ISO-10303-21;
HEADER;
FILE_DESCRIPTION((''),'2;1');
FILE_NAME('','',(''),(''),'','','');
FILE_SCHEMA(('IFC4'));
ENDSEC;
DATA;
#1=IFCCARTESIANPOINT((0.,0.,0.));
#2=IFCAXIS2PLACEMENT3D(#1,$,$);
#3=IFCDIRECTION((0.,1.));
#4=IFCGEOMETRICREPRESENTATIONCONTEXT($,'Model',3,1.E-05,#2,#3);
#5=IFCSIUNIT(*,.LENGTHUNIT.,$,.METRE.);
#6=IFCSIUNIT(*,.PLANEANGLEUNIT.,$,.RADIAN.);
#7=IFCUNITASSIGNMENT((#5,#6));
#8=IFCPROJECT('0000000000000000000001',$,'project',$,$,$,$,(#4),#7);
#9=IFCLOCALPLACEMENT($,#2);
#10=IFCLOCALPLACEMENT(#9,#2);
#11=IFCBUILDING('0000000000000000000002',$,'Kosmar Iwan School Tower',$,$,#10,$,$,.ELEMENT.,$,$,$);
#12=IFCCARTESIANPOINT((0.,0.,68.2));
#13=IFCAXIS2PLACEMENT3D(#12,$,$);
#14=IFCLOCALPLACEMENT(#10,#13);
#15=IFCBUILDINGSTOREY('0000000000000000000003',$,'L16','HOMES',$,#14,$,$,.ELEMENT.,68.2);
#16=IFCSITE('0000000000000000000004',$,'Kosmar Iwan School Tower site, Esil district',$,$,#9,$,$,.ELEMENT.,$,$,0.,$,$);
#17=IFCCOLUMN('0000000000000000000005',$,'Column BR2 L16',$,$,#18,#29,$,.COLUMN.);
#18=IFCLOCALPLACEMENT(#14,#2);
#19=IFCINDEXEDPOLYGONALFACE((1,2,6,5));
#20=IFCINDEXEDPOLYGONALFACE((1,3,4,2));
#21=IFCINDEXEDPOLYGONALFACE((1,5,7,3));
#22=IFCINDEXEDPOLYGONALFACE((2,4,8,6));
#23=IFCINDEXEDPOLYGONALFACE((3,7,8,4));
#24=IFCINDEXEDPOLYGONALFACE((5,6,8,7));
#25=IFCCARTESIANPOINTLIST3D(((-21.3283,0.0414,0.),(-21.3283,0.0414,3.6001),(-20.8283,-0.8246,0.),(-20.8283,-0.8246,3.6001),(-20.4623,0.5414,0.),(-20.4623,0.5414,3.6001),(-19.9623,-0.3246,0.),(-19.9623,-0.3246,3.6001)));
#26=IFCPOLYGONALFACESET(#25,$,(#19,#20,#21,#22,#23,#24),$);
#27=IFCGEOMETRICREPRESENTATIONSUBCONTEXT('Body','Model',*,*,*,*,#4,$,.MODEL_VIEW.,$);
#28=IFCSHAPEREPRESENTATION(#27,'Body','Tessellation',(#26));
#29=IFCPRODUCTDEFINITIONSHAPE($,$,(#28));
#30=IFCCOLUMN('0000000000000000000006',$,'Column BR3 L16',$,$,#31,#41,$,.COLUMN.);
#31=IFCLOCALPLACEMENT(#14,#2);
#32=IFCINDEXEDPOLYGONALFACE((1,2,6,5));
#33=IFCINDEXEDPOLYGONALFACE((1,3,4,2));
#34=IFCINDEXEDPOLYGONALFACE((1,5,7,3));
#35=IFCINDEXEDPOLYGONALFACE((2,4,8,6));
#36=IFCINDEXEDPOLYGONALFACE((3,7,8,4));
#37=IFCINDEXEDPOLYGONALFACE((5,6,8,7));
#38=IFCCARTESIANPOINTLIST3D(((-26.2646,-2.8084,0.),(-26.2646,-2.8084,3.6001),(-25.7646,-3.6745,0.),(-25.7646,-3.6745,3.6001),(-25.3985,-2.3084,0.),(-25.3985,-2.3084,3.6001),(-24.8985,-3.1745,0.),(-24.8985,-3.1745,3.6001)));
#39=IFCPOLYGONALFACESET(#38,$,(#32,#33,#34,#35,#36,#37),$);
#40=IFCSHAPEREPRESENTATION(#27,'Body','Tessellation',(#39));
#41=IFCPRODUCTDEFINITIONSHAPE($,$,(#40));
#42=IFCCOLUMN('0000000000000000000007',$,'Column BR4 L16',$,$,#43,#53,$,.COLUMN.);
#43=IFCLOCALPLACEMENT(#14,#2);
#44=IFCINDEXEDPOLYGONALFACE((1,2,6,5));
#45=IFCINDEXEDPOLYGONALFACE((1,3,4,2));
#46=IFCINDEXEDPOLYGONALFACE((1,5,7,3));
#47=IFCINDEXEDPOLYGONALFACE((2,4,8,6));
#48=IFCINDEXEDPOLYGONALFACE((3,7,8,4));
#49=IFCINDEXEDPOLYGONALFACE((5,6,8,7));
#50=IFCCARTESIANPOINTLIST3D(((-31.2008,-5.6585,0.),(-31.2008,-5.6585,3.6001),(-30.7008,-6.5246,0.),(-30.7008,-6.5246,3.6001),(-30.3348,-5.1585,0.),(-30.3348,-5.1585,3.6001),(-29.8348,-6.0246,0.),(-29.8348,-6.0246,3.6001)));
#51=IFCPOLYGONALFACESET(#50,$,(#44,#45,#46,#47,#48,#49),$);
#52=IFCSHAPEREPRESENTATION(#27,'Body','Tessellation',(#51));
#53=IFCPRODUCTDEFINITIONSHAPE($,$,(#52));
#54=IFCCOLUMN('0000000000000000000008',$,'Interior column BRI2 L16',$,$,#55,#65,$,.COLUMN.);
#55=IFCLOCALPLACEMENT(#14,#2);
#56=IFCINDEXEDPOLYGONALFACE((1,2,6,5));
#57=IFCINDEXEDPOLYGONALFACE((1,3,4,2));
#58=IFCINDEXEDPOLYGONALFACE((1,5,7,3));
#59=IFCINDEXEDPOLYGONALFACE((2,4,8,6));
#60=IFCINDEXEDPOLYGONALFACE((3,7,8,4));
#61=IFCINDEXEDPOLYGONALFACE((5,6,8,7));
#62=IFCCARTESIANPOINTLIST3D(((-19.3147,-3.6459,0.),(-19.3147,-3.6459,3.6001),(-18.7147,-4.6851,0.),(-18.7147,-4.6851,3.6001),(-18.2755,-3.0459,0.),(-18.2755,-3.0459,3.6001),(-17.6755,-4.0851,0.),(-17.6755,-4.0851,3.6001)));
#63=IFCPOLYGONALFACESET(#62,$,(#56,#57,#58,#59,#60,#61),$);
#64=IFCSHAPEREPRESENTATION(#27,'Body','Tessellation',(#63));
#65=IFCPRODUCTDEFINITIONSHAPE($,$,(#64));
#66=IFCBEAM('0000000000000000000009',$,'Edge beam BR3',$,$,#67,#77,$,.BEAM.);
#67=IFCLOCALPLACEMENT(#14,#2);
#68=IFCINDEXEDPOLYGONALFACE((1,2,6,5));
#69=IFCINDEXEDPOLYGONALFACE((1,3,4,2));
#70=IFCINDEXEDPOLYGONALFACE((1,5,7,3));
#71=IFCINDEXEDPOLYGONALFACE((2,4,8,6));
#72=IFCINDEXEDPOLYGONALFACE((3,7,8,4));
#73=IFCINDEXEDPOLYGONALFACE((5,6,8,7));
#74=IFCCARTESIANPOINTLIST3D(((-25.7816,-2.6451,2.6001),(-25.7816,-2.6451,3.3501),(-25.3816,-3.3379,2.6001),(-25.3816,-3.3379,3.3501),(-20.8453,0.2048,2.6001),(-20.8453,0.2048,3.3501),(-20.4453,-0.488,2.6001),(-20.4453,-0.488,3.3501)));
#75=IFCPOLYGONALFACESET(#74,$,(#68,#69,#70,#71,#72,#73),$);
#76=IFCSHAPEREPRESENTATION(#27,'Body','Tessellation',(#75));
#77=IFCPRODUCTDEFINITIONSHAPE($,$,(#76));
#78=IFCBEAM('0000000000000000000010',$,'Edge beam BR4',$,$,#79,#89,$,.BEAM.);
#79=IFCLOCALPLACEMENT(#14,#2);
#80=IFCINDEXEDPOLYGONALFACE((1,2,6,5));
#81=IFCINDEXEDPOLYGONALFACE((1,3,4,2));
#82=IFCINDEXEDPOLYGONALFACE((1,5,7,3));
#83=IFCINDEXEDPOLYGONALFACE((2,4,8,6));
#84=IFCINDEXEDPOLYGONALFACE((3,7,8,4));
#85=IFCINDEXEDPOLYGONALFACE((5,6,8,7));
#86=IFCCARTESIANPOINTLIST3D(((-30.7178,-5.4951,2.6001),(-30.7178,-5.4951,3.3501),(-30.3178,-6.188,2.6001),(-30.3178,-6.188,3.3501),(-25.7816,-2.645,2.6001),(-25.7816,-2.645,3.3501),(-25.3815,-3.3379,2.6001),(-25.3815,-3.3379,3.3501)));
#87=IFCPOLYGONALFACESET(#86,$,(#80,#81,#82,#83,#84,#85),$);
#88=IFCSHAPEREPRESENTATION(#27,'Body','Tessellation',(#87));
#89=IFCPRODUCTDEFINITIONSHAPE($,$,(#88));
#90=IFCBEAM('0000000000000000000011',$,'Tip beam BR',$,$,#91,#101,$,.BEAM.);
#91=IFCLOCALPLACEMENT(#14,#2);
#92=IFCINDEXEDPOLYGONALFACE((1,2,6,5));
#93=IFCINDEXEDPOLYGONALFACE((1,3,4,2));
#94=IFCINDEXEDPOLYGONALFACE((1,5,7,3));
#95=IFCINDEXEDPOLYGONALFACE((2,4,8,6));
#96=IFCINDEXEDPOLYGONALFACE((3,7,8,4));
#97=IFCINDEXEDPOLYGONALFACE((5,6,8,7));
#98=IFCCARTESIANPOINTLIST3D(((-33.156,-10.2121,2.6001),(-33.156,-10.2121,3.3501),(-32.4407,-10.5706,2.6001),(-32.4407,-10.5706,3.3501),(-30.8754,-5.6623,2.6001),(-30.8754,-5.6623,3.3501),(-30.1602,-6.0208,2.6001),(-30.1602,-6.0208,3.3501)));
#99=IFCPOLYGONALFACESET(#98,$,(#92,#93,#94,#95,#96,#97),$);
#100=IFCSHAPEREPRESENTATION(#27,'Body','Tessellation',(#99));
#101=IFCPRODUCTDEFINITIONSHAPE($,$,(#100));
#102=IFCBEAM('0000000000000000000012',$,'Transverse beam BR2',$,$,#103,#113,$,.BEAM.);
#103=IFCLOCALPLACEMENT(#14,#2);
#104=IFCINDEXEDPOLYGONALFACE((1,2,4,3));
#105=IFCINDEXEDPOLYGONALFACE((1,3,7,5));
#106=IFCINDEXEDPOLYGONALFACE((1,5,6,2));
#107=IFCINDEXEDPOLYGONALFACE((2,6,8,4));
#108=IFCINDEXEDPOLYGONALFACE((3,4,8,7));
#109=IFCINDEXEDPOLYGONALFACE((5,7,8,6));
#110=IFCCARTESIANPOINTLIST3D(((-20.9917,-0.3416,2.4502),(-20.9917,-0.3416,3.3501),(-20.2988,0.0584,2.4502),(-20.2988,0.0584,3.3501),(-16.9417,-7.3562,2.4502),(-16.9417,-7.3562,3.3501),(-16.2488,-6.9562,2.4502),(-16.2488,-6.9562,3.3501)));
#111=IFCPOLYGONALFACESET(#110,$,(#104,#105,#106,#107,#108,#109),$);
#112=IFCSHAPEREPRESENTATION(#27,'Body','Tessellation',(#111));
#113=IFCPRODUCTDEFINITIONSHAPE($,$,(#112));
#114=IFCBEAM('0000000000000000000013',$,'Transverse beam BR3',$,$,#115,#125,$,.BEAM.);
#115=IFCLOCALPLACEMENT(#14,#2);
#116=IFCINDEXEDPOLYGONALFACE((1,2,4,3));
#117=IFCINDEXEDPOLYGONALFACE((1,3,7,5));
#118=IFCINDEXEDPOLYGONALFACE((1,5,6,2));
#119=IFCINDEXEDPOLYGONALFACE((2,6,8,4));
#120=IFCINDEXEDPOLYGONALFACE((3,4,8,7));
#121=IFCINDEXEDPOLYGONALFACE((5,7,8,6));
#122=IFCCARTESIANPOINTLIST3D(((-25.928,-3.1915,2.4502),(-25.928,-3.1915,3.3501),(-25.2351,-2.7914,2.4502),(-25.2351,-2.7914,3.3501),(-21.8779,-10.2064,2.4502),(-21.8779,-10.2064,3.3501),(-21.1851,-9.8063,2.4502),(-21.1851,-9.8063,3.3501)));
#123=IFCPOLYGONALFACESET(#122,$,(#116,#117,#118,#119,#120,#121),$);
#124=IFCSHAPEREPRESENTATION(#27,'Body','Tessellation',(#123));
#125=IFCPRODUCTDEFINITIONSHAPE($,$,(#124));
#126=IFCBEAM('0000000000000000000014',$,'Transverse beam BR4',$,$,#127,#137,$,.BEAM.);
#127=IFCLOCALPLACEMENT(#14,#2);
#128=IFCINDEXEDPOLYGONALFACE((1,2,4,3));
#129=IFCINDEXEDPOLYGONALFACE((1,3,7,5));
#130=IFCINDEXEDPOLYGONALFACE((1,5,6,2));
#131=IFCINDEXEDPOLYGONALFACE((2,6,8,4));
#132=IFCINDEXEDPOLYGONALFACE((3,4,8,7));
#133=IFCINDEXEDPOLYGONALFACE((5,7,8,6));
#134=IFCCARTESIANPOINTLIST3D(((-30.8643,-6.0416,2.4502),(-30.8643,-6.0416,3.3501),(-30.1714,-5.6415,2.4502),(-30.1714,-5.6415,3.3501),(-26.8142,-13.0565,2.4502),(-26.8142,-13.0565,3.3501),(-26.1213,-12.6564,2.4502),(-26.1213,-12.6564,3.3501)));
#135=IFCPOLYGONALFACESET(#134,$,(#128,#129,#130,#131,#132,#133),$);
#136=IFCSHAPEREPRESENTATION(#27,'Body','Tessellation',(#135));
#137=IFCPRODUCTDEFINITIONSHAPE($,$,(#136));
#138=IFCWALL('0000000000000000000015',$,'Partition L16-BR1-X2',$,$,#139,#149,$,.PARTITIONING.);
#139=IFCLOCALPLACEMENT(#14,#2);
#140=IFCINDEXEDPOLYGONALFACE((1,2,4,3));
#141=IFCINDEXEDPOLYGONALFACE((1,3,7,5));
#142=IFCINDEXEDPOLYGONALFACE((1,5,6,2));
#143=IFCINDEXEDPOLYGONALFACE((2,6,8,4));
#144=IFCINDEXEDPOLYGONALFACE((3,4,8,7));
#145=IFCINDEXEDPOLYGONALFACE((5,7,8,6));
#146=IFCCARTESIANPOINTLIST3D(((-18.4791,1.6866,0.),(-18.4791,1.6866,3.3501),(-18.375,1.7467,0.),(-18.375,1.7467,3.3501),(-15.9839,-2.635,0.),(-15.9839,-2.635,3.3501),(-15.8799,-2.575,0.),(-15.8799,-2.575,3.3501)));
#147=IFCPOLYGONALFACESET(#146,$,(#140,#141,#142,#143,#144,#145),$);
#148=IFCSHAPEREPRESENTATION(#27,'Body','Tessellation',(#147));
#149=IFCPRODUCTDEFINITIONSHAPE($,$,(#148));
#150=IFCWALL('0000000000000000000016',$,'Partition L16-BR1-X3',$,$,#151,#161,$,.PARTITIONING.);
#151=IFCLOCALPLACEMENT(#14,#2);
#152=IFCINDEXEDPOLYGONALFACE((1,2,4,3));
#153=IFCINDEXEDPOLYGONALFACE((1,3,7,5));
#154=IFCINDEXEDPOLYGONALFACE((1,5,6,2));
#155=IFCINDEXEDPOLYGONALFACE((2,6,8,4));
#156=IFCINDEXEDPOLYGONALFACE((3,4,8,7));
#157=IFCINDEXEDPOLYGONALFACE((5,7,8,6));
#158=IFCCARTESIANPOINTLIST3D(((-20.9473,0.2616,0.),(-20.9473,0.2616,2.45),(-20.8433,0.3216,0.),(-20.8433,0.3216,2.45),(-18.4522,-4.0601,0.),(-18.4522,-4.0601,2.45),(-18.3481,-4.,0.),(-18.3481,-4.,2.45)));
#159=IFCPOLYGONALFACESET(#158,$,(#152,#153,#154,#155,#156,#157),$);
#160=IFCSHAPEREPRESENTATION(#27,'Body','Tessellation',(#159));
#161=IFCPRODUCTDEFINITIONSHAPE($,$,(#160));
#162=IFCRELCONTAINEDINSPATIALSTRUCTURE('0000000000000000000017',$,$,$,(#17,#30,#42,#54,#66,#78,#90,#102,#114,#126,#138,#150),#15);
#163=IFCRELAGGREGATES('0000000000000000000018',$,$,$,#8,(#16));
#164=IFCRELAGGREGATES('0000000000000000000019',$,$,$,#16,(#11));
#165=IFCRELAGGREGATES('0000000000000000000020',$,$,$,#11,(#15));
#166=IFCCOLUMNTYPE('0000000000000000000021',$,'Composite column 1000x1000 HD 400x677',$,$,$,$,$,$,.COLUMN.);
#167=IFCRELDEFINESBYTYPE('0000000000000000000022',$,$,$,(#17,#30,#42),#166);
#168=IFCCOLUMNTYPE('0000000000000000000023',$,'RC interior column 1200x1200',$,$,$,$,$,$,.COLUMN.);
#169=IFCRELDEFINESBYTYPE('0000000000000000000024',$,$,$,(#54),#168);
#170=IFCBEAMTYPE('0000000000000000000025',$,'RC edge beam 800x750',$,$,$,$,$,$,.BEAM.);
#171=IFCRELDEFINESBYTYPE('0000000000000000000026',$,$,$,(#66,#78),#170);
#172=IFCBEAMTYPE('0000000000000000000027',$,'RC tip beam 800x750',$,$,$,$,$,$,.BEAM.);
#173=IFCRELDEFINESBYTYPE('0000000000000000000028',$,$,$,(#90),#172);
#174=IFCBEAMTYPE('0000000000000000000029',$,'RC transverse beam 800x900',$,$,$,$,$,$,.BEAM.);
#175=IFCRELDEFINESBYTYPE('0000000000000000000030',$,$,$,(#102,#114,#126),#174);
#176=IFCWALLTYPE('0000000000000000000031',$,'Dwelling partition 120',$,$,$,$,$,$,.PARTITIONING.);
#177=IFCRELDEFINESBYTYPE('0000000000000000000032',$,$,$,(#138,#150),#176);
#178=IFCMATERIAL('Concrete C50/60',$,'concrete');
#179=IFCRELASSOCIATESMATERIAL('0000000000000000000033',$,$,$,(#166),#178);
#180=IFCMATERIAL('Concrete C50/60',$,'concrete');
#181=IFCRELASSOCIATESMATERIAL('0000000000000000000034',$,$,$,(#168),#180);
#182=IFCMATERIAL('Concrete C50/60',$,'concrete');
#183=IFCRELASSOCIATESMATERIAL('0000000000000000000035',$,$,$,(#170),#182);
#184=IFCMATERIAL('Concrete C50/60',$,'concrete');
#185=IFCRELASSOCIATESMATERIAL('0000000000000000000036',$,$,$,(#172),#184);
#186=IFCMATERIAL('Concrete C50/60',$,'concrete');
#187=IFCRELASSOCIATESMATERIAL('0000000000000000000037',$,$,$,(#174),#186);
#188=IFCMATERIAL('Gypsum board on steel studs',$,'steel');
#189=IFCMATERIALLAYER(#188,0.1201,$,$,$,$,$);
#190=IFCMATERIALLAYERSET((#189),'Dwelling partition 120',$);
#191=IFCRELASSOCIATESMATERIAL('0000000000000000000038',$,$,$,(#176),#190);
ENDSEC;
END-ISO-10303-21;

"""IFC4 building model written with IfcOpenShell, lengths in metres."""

from ifc_helpers import new_model, si_unit, direction, frame, frame_2d, origin, origin_2d, place, context, subcontext, project, spatial, rectangle, extrude, material, layer, layer_set, material_profile, profile_set, type_object, element, save


model = new_model("IFC4")

# Units and contexts
model_context = context("Model", 3, precision=1e-05, world=origin(), true_north=direction((0.0, 1.0)))
body_context = subcontext(model_context, "Body", "Model", "MODEL_VIEW")
ifc_project = project(units=[si_unit("LENGTHUNIT", "METRE"), si_unit("PLANEANGLEUNIT", "RADIAN")], contexts=[model_context])

# Site, building, storey
site_placement = place(None, origin())
site = spatial("IfcSite", under=ifc_project, at=site_placement, Name="Kosmar Iwan School Tower site, Esil district", CompositionType="ELEMENT", RefElevation=0.0)
building_placement = place(site_placement, origin())
building = spatial("IfcBuilding", under=site, at=building_placement, Name="Kosmar Iwan School Tower", CompositionType="ELEMENT")
storey_placement = place(building_placement, frame((0.0, 0.0, 68.2)))
storey = spatial("IfcBuildingStorey", under=building, at=storey_placement, Name="L16", Description="HOMES", CompositionType="ELEMENT", Elevation=68.2)

# Columns
ifc_material_1 = material(Name="Concrete C50/60", Category="concrete")
ifc_material_profile_1 = material_profile(ifc_material_1, rectangle(XDim=1.0, YDim=1.0, at=origin_2d()), Name="RC 1000x1000 + HD 400x677")
ifc_profile_set_1 = profile_set([ifc_material_profile_1], Name="Concrete C50/60")
column_type_1 = type_object("IfcColumnType", Name="Composite column 1000x1000 HD 400x677", PredefinedType="COLUMN", material=ifc_profile_set_1)
for number, where, z_axis, x_axis, name in (
    (1, (-20.6453, -0.1416, 0.0), (0.0, 0.0, 1.0), (-0.866025, -0.5, 0.0), "Column BR2 L16"),
    (2, (-25.5815, -2.9915, 0.0), (0.0, 0.0, 1.0), (-0.866025, -0.5, 0.0), "Column BR3 L16"),
    (3, (-30.5178, -5.8416, 0.0), (0.0, 0.0, 1.0), (-0.866025, -0.5, 0.0), "Column BR4 L16"),
):
    element("IfcColumn", number, at=place(storey_placement, frame(where, z_axis=z_axis, x_axis=x_axis)), inside=storey, type_object=column_type_1, Name=name, PredefinedType="COLUMN", context=body_context, shape_type="SweptSolid", body=[
        extrude(rectangle(XDim=1.0, YDim=1.0, at=origin_2d()), origin(), (0.0, 0.0, 1.0), 3.6001),
    ])
ifc_material_2 = material(Name="Concrete C50/60", Category="concrete")
ifc_material_profile_2 = material_profile(ifc_material_2, rectangle(XDim=1.2, YDim=1.2, at=origin_2d()), Name="RC 1200x1200")
ifc_profile_set_2 = profile_set([ifc_material_profile_2], Name="Concrete C50/60")
column_type_2 = type_object("IfcColumnType", Name="RC interior column 1200x1200", PredefinedType="COLUMN", material=ifc_profile_set_2)
column_placement = place(storey_placement, frame((-18.4951, -3.8655, 0.0), z_axis=(0.0, 0.0, 1.0), x_axis=(-0.866025, -0.5, 0.0)))
element("IfcColumn", 4, at=column_placement, inside=storey, type_object=column_type_2, Name="Interior column BRI2 L16", PredefinedType="COLUMN", context=body_context, shape_type="SweptSolid", body=[
    extrude(rectangle(XDim=1.2, YDim=1.2, at=origin_2d()), origin(), (0.0, 0.0, 1.0), 3.6001),
])

# Beams
ifc_material_3 = material(Name="Concrete C50/60", Category="concrete")
ifc_material_profile_3 = material_profile(ifc_material_3, rectangle(XDim=0.8, YDim=0.75, at=origin_2d()), Name="RC 800x750")
ifc_profile_set_3 = profile_set([ifc_material_profile_3], Name="Concrete C50/60")
beam_type_1 = type_object("IfcBeamType", Name="RC edge beam 800x750", PredefinedType="BEAM", material=ifc_profile_set_3)
for number, where, z_axis, x_axis, name in (
    (5, (-20.6453, -0.1416, 2.9751), (-0.866034, -0.499986, 0.0), (0.499986, -0.866034, 0.0), "Edge beam BR3"),
    (6, (-25.5815, -2.9915, 2.9751), (-0.866015, -0.500018, 0.0), (0.500018, -0.866015, 0.0), "Edge beam BR4"),
):
    element("IfcBeam", number, at=place(storey_placement, frame(where, z_axis=z_axis, x_axis=x_axis)), inside=storey, type_object=beam_type_1, Name=name, PredefinedType="BEAM", context=body_context, shape_type="SweptSolid", body=[
        extrude(rectangle(XDim=0.8, YDim=0.75, at=origin_2d()), origin(), (0.0, 0.0, 1.0), 5.7),
    ])
ifc_material_4 = material(Name="Concrete C50/60", Category="concrete")
ifc_material_profile_4 = material_profile(ifc_material_4, rectangle(XDim=0.8, YDim=0.75, at=origin_2d()), Name="RC 800x750")
ifc_profile_set_4 = profile_set([ifc_material_profile_4], Name="Concrete C50/60")
beam_type_2 = type_object("IfcBeamType", Name="RC tip beam 800x750", PredefinedType="BEAM", material=ifc_profile_set_4)
beam_1_placement = place(storey_placement, frame((-30.5178, -5.8416, 2.9751), z_axis=(-0.448096, -0.893985, 0.0), x_axis=(0.893985, -0.448096, 0.0)))
element("IfcBeam", 7, at=beam_1_placement, inside=storey, type_object=beam_type_2, Name="Tip beam BR", PredefinedType="BEAM", context=body_context, shape_type="SweptSolid", body=[
    extrude(rectangle(XDim=0.8, YDim=0.75, at=origin_2d()), origin(), (0.0, 0.0, 1.0), 5.0894),
])
ifc_material_5 = material(Name="Concrete C50/60", Category="concrete")
ifc_material_profile_5 = material_profile(ifc_material_5, rectangle(XDim=0.8, YDim=0.8999, at=origin_2d()), Name="RC 800x900")
ifc_profile_set_5 = profile_set([ifc_material_profile_5], Name="Concrete C50/60")
beam_type_3 = type_object("IfcBeamType", Name="RC transverse beam 800x900", PredefinedType="BEAM", material=ifc_profile_set_5)
beam_2_placement = place(storey_placement, frame((-20.6453, -0.1416, 2.9001), z_axis=(0.500013, -0.866018, 0.0), x_axis=(0.866018, 0.500013, 0.0)))
element("IfcBeam", 8, at=beam_2_placement, inside=storey, type_object=beam_type_3, Name="Transverse beam BR2", PredefinedType="BEAM", context=body_context, shape_type="SweptSolid", body=[
    extrude(rectangle(XDim=0.8, YDim=0.8999, at=origin_2d()), origin(), (0.0, 0.0, 1.0), 8.0999),
])
for number, where, z_axis, x_axis, name in (
    (9, (-25.5815, -2.9915, 2.9001), (0.5, -0.866025, 0.0), (0.866025, 0.5, 0.0), "Transverse beam BR3"),
    (10, (-30.5178, -5.8416, 2.9001), (0.5, -0.866025, 0.0), (0.866025, 0.5, 0.0), "Transverse beam BR4"),
):
    element("IfcBeam", number, at=place(storey_placement, frame(where, z_axis=z_axis, x_axis=x_axis)), inside=storey, type_object=beam_type_3, Name=name, PredefinedType="BEAM", context=body_context, shape_type="SweptSolid", body=[
        extrude(rectangle(XDim=0.8, YDim=0.8999, at=origin_2d()), origin(), (0.0, 0.0, 1.0), 8.1001),
    ])

# Walls
ifc_material_6 = material(Name="Gypsum board on steel studs", Category="steel")
ifc_layer = layer(ifc_material_6, 0.1201)
ifc_layer_set = layer_set([ifc_layer], Name="Dwelling partition 120")
wall_type = type_object("IfcWallType", Name="Dwelling partition 120", PredefinedType="PARTITIONING", material=ifc_layer_set)
wall_1_placement = place(storey_placement, frame((-15.9319, -2.605, 0.0), z_axis=(0.0, 0.0, 1.0), x_axis=(-0.500012, 0.866019, 0.0)))
element("IfcWall", 11, at=wall_1_placement, inside=storey, type_object=wall_type, Name="Partition L16-BR1-X2", PredefinedType="PARTITIONING", context=body_context, shape_type="SweptSolid", body=[
    extrude(rectangle(XDim=4.9902, YDim=0.1201, at=frame_2d((2.4951, 0.0))), origin(), (0.0, 0.0, 1.0), 3.3501),
])
wall_2_placement = place(storey_placement, frame((-18.4001, -4.03, 0.0), z_axis=(0.0, 0.0, 1.0), x_axis=(-0.500012, 0.866019, 0.0)))
element("IfcWall", 12, at=wall_2_placement, inside=storey, type_object=wall_type, Name="Partition L16-BR1-X3", PredefinedType="PARTITIONING", context=body_context, shape_type="SweptSolid", body=[
    extrude(rectangle(XDim=4.9902, YDim=0.1201, at=frame_2d((2.4951, 0.0))), origin(), (0.0, 0.0, 1.0), 2.45),
])

save(model, "model.ifc")
